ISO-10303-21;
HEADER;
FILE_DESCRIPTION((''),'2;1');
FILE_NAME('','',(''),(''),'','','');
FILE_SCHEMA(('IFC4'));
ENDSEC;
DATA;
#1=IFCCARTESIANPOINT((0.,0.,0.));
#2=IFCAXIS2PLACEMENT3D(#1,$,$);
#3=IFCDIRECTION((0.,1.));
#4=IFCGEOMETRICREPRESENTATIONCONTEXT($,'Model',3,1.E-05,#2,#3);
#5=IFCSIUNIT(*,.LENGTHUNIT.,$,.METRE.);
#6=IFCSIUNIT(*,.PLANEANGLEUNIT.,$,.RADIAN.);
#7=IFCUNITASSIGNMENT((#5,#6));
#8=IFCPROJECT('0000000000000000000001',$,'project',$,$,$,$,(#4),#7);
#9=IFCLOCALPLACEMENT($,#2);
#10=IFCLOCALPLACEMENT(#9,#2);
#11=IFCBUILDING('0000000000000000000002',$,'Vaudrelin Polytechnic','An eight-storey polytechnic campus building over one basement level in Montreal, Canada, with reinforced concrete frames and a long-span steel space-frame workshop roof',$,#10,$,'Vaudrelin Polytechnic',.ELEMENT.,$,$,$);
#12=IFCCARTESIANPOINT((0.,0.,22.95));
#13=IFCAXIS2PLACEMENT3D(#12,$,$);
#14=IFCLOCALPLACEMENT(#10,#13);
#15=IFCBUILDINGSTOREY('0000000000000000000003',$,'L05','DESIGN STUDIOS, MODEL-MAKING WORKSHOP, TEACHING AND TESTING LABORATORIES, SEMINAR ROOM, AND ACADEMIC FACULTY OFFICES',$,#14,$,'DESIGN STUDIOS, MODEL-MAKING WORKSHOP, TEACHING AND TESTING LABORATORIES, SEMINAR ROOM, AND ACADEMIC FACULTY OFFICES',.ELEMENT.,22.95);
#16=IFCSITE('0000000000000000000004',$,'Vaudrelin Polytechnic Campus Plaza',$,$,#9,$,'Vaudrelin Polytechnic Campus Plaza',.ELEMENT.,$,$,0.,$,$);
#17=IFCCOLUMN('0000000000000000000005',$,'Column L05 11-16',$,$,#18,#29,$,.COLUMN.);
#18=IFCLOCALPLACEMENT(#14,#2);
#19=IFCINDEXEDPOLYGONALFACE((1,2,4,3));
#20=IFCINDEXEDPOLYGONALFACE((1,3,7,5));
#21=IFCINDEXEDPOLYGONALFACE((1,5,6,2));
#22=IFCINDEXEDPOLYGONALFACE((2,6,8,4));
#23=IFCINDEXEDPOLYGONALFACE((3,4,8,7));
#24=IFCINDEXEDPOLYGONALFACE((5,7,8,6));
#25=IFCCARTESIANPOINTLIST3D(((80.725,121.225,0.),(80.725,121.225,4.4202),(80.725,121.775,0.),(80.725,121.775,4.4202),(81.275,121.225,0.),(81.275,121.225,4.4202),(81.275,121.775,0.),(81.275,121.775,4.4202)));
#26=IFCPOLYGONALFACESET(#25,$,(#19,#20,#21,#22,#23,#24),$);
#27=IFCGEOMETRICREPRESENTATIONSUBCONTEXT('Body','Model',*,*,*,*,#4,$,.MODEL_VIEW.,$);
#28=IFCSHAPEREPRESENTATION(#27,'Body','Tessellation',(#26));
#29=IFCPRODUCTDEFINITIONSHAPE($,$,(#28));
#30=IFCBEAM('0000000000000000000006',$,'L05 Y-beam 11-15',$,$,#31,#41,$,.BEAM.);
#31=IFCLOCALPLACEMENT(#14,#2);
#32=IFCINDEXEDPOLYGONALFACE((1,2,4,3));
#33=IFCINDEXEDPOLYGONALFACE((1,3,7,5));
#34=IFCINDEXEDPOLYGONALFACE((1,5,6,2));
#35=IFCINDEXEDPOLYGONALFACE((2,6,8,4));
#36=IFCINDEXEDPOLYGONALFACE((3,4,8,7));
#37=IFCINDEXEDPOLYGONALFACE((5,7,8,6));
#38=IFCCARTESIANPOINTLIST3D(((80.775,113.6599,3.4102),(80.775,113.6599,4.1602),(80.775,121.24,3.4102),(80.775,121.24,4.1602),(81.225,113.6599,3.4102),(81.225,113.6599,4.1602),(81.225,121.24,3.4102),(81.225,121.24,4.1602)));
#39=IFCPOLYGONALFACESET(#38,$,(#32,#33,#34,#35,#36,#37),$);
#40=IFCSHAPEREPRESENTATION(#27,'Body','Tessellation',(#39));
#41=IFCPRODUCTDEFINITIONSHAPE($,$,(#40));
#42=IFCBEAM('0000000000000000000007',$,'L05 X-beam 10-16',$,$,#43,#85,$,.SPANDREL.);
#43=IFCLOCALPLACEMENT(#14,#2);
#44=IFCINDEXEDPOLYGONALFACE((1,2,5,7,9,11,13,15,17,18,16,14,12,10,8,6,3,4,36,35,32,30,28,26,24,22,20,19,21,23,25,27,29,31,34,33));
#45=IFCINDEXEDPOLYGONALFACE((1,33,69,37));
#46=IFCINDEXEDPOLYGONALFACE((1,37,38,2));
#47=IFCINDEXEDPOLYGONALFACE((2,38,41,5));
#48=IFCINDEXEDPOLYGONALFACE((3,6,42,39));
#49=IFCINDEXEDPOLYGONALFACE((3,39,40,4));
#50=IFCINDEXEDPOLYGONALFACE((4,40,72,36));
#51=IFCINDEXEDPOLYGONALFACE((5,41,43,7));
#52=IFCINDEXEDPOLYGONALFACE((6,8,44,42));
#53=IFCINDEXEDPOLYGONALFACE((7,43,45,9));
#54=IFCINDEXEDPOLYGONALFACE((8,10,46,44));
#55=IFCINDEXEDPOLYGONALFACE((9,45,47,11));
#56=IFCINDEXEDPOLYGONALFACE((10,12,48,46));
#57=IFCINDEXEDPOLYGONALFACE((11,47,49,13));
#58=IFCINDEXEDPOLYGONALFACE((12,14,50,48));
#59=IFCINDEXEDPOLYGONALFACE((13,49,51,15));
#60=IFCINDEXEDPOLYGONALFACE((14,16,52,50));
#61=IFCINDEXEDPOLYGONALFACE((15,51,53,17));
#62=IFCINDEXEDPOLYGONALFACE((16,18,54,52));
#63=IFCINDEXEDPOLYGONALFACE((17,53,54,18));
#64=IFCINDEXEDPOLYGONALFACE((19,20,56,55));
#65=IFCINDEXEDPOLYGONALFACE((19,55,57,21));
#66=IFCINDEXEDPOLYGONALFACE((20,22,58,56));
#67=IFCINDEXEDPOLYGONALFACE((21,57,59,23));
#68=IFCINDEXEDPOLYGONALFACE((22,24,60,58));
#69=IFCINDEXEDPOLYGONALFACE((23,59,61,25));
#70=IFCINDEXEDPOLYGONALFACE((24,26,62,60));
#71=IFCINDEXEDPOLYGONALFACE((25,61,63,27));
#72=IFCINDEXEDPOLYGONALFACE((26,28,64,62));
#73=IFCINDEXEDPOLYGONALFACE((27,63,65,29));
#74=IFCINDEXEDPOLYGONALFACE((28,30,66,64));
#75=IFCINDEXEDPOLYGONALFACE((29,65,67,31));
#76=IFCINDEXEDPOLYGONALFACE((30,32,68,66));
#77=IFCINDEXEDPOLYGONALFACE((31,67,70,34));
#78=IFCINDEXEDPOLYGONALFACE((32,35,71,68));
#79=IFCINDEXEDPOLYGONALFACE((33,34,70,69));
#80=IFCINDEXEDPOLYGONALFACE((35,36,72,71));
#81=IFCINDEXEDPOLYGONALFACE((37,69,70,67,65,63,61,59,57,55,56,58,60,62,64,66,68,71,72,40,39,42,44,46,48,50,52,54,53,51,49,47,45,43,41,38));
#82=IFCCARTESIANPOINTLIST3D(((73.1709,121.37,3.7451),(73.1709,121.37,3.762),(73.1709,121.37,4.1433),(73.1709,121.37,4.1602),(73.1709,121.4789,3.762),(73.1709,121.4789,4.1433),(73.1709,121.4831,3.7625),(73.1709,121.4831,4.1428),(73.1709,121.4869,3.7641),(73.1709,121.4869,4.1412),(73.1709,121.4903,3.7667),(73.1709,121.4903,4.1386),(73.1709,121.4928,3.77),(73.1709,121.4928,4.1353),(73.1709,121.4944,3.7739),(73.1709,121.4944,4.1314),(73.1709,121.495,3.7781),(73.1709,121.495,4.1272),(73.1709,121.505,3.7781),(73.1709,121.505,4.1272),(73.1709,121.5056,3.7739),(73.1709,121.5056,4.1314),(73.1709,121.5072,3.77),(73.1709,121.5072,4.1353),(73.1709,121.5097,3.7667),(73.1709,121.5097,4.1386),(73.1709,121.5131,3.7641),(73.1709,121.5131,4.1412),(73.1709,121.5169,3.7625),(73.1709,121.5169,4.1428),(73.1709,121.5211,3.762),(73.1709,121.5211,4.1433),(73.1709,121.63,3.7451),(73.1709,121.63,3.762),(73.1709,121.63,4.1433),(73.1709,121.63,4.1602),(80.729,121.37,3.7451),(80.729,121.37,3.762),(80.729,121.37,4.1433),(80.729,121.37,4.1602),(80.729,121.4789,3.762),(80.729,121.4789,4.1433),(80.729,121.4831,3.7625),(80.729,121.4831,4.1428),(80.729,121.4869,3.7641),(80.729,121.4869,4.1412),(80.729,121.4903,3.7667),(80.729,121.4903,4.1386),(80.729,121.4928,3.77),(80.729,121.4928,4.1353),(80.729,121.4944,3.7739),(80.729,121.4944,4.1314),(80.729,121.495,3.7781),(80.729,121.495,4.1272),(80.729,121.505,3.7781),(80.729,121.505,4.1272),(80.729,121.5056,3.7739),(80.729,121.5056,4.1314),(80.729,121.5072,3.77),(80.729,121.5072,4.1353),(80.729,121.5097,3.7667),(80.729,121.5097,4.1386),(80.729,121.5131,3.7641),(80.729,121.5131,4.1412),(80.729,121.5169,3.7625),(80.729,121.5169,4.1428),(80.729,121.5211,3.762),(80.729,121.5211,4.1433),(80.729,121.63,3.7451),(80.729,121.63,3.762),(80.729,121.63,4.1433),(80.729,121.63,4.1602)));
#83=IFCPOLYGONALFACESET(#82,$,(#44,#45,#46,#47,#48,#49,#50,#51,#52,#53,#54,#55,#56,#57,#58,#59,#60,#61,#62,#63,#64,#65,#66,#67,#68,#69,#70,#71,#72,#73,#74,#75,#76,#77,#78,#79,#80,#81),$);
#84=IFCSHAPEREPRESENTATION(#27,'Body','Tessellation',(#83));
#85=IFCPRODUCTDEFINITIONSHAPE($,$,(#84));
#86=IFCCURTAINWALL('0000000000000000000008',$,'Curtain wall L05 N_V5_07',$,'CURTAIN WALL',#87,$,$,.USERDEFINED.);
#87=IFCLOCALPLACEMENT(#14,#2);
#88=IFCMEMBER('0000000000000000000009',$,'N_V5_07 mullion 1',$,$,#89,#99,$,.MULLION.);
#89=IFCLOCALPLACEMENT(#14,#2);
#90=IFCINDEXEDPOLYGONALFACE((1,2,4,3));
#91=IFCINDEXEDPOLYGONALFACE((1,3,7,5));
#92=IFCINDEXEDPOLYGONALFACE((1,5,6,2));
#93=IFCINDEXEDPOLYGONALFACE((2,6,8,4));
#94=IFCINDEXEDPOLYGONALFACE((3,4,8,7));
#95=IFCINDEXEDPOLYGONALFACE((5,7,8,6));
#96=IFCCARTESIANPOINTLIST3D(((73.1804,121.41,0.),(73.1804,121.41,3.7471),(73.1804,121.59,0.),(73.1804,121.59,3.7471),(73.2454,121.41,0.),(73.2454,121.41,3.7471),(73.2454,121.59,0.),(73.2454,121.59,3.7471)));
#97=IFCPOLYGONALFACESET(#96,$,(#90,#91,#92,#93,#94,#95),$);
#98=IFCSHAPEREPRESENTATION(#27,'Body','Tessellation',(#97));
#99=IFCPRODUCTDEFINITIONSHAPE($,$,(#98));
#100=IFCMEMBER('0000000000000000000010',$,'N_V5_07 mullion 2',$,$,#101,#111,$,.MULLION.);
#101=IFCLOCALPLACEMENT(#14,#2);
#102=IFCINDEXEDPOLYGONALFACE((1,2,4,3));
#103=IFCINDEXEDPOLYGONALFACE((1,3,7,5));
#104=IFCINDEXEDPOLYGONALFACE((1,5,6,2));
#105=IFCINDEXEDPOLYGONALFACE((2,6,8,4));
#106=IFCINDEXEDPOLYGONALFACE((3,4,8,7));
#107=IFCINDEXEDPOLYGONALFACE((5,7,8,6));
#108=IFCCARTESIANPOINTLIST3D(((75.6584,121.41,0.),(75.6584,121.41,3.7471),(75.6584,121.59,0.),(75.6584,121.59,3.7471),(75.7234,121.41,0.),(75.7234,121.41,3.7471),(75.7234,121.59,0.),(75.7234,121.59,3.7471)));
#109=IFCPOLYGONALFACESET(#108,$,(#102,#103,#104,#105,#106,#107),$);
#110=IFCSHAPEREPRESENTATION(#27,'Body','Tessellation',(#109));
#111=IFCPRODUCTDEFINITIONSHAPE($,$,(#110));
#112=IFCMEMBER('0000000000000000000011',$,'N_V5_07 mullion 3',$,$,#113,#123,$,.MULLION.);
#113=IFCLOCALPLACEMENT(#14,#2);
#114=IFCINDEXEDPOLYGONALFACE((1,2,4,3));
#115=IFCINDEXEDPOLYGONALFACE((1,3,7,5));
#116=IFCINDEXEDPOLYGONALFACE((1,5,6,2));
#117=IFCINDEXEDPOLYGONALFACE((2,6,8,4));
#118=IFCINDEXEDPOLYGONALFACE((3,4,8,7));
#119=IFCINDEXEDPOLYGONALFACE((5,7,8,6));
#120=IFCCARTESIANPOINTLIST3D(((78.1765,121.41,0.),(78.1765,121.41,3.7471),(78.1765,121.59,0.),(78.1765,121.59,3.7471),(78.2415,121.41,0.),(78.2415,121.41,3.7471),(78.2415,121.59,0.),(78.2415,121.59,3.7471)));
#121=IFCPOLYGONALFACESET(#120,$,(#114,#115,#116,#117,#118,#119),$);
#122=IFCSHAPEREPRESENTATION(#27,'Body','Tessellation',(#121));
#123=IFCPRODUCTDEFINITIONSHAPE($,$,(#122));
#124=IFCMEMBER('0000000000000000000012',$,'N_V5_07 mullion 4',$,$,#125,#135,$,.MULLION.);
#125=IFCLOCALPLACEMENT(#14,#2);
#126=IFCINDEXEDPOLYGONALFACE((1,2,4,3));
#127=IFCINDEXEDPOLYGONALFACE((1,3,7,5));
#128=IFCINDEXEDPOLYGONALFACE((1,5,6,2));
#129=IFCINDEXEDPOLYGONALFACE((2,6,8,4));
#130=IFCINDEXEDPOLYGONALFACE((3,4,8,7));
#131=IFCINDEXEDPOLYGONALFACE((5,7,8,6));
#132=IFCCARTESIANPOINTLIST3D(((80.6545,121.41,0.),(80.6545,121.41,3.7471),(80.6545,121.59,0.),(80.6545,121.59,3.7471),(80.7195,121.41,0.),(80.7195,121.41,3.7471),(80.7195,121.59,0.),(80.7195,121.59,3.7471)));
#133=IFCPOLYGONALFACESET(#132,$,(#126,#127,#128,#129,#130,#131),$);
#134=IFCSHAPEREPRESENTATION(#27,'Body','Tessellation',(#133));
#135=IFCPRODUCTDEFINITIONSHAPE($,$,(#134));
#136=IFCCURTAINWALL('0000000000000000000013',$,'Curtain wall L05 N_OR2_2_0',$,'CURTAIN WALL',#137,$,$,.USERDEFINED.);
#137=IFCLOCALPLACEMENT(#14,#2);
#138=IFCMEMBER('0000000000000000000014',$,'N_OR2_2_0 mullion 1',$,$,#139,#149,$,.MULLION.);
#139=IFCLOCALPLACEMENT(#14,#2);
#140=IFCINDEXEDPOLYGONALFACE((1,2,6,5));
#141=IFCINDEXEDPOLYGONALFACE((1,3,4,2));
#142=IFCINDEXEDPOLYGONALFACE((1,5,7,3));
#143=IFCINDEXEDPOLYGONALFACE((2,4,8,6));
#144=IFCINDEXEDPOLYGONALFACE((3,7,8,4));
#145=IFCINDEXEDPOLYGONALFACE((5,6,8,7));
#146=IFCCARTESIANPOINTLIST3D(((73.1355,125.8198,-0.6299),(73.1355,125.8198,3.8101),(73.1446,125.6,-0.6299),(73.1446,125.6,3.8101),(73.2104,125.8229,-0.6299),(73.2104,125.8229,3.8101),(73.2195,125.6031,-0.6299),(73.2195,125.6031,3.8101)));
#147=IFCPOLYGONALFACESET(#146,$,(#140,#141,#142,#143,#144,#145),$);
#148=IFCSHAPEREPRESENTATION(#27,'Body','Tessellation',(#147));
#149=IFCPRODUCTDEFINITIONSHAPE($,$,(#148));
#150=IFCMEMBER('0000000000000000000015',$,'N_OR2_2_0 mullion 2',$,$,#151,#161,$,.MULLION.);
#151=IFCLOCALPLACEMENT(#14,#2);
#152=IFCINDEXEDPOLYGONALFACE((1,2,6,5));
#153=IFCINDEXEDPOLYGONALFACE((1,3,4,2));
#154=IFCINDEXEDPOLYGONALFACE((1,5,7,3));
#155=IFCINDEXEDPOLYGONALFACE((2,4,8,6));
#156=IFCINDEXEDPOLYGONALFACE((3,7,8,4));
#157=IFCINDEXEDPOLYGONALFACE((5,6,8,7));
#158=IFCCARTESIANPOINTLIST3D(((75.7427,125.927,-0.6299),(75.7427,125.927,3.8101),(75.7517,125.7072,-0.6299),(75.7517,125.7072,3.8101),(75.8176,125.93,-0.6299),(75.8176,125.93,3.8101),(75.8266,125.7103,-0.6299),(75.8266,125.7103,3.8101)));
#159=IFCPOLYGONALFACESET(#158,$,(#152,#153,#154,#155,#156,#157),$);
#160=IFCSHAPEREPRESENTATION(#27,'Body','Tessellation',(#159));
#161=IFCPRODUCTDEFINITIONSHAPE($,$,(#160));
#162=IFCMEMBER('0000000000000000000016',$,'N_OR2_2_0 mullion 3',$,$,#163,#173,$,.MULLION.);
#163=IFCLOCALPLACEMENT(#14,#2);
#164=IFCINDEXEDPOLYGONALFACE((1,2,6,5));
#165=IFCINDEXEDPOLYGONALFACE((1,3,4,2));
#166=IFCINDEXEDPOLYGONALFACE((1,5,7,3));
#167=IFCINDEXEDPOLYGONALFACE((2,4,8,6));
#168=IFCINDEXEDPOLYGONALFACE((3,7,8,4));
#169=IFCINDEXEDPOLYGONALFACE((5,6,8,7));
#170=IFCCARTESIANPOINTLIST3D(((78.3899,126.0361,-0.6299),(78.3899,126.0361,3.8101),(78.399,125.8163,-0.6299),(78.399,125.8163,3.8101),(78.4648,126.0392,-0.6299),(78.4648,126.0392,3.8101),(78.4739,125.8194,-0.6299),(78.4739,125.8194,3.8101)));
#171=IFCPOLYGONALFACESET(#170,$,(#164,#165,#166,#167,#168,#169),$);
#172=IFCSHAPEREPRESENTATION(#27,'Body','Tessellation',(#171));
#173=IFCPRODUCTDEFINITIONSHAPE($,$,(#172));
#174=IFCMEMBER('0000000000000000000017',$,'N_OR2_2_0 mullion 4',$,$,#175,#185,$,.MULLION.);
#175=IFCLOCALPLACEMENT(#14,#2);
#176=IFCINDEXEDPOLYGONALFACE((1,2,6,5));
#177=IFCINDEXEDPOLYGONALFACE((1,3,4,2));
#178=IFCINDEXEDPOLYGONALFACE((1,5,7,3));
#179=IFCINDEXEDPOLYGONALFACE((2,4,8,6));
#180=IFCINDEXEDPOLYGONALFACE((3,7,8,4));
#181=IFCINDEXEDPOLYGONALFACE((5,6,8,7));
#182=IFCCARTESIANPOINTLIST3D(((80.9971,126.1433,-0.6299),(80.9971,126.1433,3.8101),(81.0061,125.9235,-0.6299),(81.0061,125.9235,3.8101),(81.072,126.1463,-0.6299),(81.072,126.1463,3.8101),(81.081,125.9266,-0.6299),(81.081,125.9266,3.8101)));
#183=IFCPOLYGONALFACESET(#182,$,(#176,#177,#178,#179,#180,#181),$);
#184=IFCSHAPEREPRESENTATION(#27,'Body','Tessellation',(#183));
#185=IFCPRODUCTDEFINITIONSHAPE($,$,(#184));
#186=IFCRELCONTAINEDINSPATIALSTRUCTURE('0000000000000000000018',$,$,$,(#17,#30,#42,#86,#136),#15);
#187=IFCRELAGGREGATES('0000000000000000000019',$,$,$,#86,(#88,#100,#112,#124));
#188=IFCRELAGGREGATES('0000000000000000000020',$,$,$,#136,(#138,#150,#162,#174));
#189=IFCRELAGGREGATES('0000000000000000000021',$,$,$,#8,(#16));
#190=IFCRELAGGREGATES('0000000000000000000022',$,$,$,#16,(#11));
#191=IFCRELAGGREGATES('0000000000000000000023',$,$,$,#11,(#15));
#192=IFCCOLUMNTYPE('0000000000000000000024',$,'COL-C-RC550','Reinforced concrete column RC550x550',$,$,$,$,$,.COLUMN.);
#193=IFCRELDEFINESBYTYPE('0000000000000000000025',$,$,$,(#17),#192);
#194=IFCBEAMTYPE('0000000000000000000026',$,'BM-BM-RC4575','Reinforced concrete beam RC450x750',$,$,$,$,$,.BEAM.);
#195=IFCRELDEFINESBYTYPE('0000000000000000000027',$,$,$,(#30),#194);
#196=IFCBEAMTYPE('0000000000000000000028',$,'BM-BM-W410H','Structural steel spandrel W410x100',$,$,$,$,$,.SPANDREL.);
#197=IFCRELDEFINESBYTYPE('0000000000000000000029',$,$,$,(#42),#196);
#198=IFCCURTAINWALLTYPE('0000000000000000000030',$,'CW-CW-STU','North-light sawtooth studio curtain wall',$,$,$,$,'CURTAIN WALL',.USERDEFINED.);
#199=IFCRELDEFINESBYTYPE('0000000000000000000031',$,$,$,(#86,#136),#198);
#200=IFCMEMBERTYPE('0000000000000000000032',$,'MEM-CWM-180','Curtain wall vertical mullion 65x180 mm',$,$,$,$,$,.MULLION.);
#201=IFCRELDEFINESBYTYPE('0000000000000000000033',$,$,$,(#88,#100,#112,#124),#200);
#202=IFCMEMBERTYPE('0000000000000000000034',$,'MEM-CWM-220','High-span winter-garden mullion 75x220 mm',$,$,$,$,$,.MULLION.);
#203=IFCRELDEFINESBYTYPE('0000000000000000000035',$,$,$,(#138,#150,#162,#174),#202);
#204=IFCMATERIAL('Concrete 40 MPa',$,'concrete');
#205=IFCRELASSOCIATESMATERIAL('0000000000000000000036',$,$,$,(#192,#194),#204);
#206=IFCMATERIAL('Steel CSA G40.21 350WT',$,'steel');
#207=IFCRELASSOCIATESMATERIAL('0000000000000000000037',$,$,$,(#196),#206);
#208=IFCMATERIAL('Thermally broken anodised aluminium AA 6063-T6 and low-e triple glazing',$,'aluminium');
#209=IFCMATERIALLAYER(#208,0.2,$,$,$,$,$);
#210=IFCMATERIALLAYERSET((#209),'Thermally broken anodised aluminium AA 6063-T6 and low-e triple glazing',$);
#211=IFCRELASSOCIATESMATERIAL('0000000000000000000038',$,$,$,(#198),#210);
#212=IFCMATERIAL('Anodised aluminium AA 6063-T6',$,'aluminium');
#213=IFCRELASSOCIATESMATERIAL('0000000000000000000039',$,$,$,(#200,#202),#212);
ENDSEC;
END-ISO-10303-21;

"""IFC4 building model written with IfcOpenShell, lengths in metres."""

from ifc_helpers import new_model, si_unit, direction, frame, origin, origin_2d, place, context, subcontext, project, spatial, rectangle, i_section, extrude, material, layer, layer_set, material_profile, profile_set, type_object, element, aggregate, save


model = new_model("IFC4")

# Units and contexts
model_context = context("Model", 3, precision=1e-05, world=origin(), true_north=direction((0.0, 1.0)))
body_context = subcontext(model_context, "Body", "Model", "MODEL_VIEW")
ifc_project = project(units=[si_unit("LENGTHUNIT", "METRE"), si_unit("PLANEANGLEUNIT", "RADIAN")], contexts=[model_context])

# Site, building, storey
site_placement = place(None, origin())
site = spatial("IfcSite", under=ifc_project, at=site_placement, Name="Vaudrelin Polytechnic Campus Plaza", LongName="Vaudrelin Polytechnic Campus Plaza", CompositionType="ELEMENT", RefElevation=0.0)
building_placement = place(site_placement, origin())
building = spatial("IfcBuilding", under=site, at=building_placement, Name="Vaudrelin Polytechnic", Description="An eight-storey polytechnic campus building over one basement level in Montreal, Canada, with reinforced concrete frames and a long-span steel space-frame workshop roof", LongName="Vaudrelin Polytechnic", CompositionType="ELEMENT")
storey_placement = place(building_placement, frame((0.0, 0.0, 22.95)))
storey = spatial("IfcBuildingStorey", under=building, at=storey_placement, Name="L05", Description="DESIGN STUDIOS, MODEL-MAKING WORKSHOP, TEACHING AND TESTING LABORATORIES, SEMINAR ROOM, AND ACADEMIC FACULTY OFFICES", LongName="DESIGN STUDIOS, MODEL-MAKING WORKSHOP, TEACHING AND TESTING LABORATORIES, SEMINAR ROOM, AND ACADEMIC FACULTY OFFICES", CompositionType="ELEMENT", Elevation=22.95)

# Column
ifc_material_1 = material(Name="Concrete 40 MPa", Category="concrete")
ifc_material_profile_1 = material_profile(ifc_material_1, rectangle(XDim=0.55, YDim=0.55, at=origin_2d()), Name="RC550x550")
ifc_profile_set_1 = profile_set([ifc_material_profile_1], Name="Concrete 40 MPa")
column_type = type_object("IfcColumnType", Name="COL-C-RC550", Description="Reinforced concrete column RC550x550", PredefinedType="COLUMN", material=ifc_profile_set_1)
column_placement = place(storey_placement, frame((81.0, 121.5, 0.0), z_axis=(0.0, 0.0, 1.0), x_axis=(1.0, 0.0, 0.0)))
element("IfcColumn", 1, at=column_placement, inside=storey, type_object=column_type, Name="Column L05 11-16", PredefinedType="COLUMN", context=body_context, shape_type="SweptSolid", body=[
    extrude(rectangle(XDim=0.55, YDim=0.55, at=origin_2d()), origin(), (0.0, 0.0, 1.0), 4.4202),
])

# Beams
ifc_material_profile_2 = material_profile(ifc_material_1, rectangle(XDim=0.45, YDim=0.75, at=origin_2d()), Name="RC450x750")
ifc_profile_set_2 = profile_set([ifc_material_profile_2], Name="Concrete 40 MPa")
beam_type_1 = type_object("IfcBeamType", Name="BM-BM-RC4575", Description="Reinforced concrete beam RC450x750", PredefinedType="BEAM", material=ifc_profile_set_2)
beam_1_placement = place(storey_placement, frame((81.0, 113.6599, 3.7852), z_axis=(0.0, 1.0, 0.0), x_axis=(-1.0, 0.0, 0.0)))
element("IfcBeam", 2, at=beam_1_placement, inside=storey, type_object=beam_type_1, Name="L05 Y-beam 11-15", PredefinedType="BEAM", context=body_context, shape_type="SweptSolid", body=[
    extrude(rectangle(XDim=0.45, YDim=0.75, at=origin_2d()), origin(), (0.0, 0.0, 1.0), 7.5801),
])
ifc_material_2 = material(Name="Steel CSA G40.21 350WT", Category="steel")
ifc_material_profile_3 = material_profile(ifc_material_2, i_section(OverallWidth=0.26, OverallDepth=0.415, WebThickness=0.01, FlangeThickness=0.0168, FilletRadius=0.0161, at=origin_2d()), Name="W410x100")
ifc_profile_set_3 = profile_set([ifc_material_profile_3], Name="Steel CSA G40.21 350WT")
beam_type_2 = type_object("IfcBeamType", Name="BM-BM-W410H", Description="Structural steel spandrel W410x100", PredefinedType="SPANDREL", material=ifc_profile_set_3)
beam_2_placement = place(storey_placement, frame((73.1709, 121.5, 3.9526), z_axis=(1.0, 0.0, 0.0), x_axis=(0.0, 1.0, 0.0)))
element("IfcBeam", 3, at=beam_2_placement, inside=storey, type_object=beam_type_2, Name="L05 X-beam 10-16", PredefinedType="SPANDREL", context=body_context, shape_type="SweptSolid", body=[
    extrude(i_section(OverallWidth=0.26, OverallDepth=0.415, WebThickness=0.01, FlangeThickness=0.0168, FilletRadius=0.0161, at=origin_2d()), origin(), (0.0, 0.0, 1.0), 7.5581),
])

# Curtain walls, members
ifc_material_3 = material(Name="Thermally broken anodised aluminium AA 6063-T6 and low-e triple glazing", Category="aluminium")
ifc_layer_1 = layer(ifc_material_3, 0.2)
ifc_layer_set_1 = layer_set([ifc_layer_1], Name="Thermally broken anodised aluminium AA 6063-T6 and low-e triple glazing")
curtain_wall_type = type_object("IfcCurtainWallType", Name="CW-CW-STU", Description="North-light sawtooth studio curtain wall", ElementType="CURTAIN WALL", PredefinedType="USERDEFINED", material=ifc_layer_set_1)
curtain_wall_1_placement = place(storey_placement, origin())
curtain_wall_1 = element("IfcCurtainWall", 4, at=curtain_wall_1_placement, inside=storey, type_object=curtain_wall_type, Name="Curtain wall L05 N_V5_07", ObjectType="CURTAIN WALL", PredefinedType="USERDEFINED")
ifc_material_4 = material(Name="Anodised aluminium AA 6063-T6", Category="aluminium")
ifc_material_profile_4 = material_profile(ifc_material_4, rectangle(XDim=0.0649, YDim=0.1799, at=origin_2d()), Name="CWM-65x180")
ifc_profile_set_4 = profile_set([ifc_material_profile_4], Name="Anodised aluminium AA 6063-T6")
member_type_1 = type_object("IfcMemberType", Name="MEM-CWM-180", Description="Curtain wall vertical mullion 65x180 mm", PredefinedType="MULLION", material=ifc_profile_set_4)
member_1_placement = place(storey_placement, frame((73.2129, 121.5, 0.0), z_axis=(0.0, 0.0, 1.0), x_axis=(1.0, 0.0, 0.0)))
member_1 = element("IfcMember", 5, at=member_1_placement, type_object=member_type_1, Name="N_V5_07 mullion 1", PredefinedType="MULLION", context=body_context, shape_type="SweptSolid", body=[
    extrude(rectangle(XDim=0.0649, YDim=0.1799, at=origin_2d()), origin(), (0.0, 0.0, 1.0), 3.7471),
])
member_2_placement = place(storey_placement, frame((75.6909, 121.5, 0.0), z_axis=(0.0, 0.0, 1.0), x_axis=(1.0, 0.0, 0.0)))
member_2 = element("IfcMember", 6, at=member_2_placement, type_object=member_type_1, Name="N_V5_07 mullion 2", PredefinedType="MULLION", context=body_context, shape_type="SweptSolid", body=[
    extrude(rectangle(XDim=0.0649, YDim=0.1799, at=origin_2d()), origin(), (0.0, 0.0, 1.0), 3.7471),
])
member_3_placement = place(storey_placement, frame((78.209, 121.5, 0.0), z_axis=(0.0, 0.0, 1.0), x_axis=(1.0, 0.0, 0.0)))
member_3 = element("IfcMember", 7, at=member_3_placement, type_object=member_type_1, Name="N_V5_07 mullion 3", PredefinedType="MULLION", context=body_context, shape_type="SweptSolid", body=[
    extrude(rectangle(XDim=0.0649, YDim=0.1799, at=origin_2d()), origin(), (0.0, 0.0, 1.0), 3.7471),
])
member_4_placement = place(storey_placement, frame((80.687, 121.5, 0.0), z_axis=(0.0, 0.0, 1.0), x_axis=(1.0, 0.0, 0.0)))
member_4 = element("IfcMember", 8, at=member_4_placement, type_object=member_type_1, Name="N_V5_07 mullion 4", PredefinedType="MULLION", context=body_context, shape_type="SweptSolid", body=[
    extrude(rectangle(XDim=0.0649, YDim=0.1799, at=origin_2d()), origin(), (0.0, 0.0, 1.0), 3.7471),
])
curtain_wall_2_placement = place(storey_placement, origin())
curtain_wall_2 = element("IfcCurtainWall", 9, at=curtain_wall_2_placement, inside=storey, type_object=curtain_wall_type, Name="Curtain wall L05 N_OR2_2_0", ObjectType="CURTAIN WALL", PredefinedType="USERDEFINED")
ifc_material_profile_5 = material_profile(ifc_material_4, rectangle(XDim=0.075, YDim=0.22, at=origin_2d()), Name="CWM-75x220")
ifc_profile_set_5 = profile_set([ifc_material_profile_5], Name="Anodised aluminium AA 6063-T6")
member_type_2 = type_object("IfcMemberType", Name="MEM-CWM-220", Description="High-span winter-garden mullion 75x220 mm", PredefinedType="MULLION", material=ifc_profile_set_5)
member_5_placement = place(storey_placement, frame((73.1775, 125.7114, -0.6299), z_axis=(0.0, 0.0, 1.0), x_axis=(0.999154, 0.041115, 0.0)))
member_5 = element("IfcMember", 10, at=member_5_placement, type_object=member_type_2, Name="N_OR2_2_0 mullion 1", PredefinedType="MULLION", context=body_context, shape_type="SweptSolid", body=[
    extrude(rectangle(XDim=0.075, YDim=0.22, at=origin_2d()), origin(), (0.0, 0.0, 1.0), 4.4399),
])
member_6_placement = place(storey_placement, frame((75.7847, 125.8186, -0.6299), z_axis=(0.0, 0.0, 1.0), x_axis=(0.999154, 0.041115, 0.0)))
member_6 = element("IfcMember", 11, at=member_6_placement, type_object=member_type_2, Name="N_OR2_2_0 mullion 2", PredefinedType="MULLION", context=body_context, shape_type="SweptSolid", body=[
    extrude(rectangle(XDim=0.075, YDim=0.22, at=origin_2d()), origin(), (0.0, 0.0, 1.0), 4.4399),
])
member_7_placement = place(storey_placement, frame((78.4319, 125.9277, -0.6299), z_axis=(0.0, 0.0, 1.0), x_axis=(0.999154, 0.041115, 0.0)))
member_7 = element("IfcMember", 12, at=member_7_placement, type_object=member_type_2, Name="N_OR2_2_0 mullion 3", PredefinedType="MULLION", context=body_context, shape_type="SweptSolid", body=[
    extrude(rectangle(XDim=0.075, YDim=0.22, at=origin_2d()), origin(), (0.0, 0.0, 1.0), 4.4399),
])
member_8_placement = place(storey_placement, frame((81.0391, 126.0349, -0.6299), z_axis=(0.0, 0.0, 1.0), x_axis=(0.999154, 0.041115, 0.0)))
member_8 = element("IfcMember", 13, at=member_8_placement, type_object=member_type_2, Name="N_OR2_2_0 mullion 4", PredefinedType="MULLION", context=body_context, shape_type="SweptSolid", body=[
    extrude(rectangle(XDim=0.075, YDim=0.22, at=origin_2d()), origin(), (0.0, 0.0, 1.0), 4.4399),
])

aggregate(curtain_wall_1, [member_1, member_2, member_3, member_4])
aggregate(curtain_wall_2, [member_5, member_6, member_7, member_8])

save(model, "model.ifc")
